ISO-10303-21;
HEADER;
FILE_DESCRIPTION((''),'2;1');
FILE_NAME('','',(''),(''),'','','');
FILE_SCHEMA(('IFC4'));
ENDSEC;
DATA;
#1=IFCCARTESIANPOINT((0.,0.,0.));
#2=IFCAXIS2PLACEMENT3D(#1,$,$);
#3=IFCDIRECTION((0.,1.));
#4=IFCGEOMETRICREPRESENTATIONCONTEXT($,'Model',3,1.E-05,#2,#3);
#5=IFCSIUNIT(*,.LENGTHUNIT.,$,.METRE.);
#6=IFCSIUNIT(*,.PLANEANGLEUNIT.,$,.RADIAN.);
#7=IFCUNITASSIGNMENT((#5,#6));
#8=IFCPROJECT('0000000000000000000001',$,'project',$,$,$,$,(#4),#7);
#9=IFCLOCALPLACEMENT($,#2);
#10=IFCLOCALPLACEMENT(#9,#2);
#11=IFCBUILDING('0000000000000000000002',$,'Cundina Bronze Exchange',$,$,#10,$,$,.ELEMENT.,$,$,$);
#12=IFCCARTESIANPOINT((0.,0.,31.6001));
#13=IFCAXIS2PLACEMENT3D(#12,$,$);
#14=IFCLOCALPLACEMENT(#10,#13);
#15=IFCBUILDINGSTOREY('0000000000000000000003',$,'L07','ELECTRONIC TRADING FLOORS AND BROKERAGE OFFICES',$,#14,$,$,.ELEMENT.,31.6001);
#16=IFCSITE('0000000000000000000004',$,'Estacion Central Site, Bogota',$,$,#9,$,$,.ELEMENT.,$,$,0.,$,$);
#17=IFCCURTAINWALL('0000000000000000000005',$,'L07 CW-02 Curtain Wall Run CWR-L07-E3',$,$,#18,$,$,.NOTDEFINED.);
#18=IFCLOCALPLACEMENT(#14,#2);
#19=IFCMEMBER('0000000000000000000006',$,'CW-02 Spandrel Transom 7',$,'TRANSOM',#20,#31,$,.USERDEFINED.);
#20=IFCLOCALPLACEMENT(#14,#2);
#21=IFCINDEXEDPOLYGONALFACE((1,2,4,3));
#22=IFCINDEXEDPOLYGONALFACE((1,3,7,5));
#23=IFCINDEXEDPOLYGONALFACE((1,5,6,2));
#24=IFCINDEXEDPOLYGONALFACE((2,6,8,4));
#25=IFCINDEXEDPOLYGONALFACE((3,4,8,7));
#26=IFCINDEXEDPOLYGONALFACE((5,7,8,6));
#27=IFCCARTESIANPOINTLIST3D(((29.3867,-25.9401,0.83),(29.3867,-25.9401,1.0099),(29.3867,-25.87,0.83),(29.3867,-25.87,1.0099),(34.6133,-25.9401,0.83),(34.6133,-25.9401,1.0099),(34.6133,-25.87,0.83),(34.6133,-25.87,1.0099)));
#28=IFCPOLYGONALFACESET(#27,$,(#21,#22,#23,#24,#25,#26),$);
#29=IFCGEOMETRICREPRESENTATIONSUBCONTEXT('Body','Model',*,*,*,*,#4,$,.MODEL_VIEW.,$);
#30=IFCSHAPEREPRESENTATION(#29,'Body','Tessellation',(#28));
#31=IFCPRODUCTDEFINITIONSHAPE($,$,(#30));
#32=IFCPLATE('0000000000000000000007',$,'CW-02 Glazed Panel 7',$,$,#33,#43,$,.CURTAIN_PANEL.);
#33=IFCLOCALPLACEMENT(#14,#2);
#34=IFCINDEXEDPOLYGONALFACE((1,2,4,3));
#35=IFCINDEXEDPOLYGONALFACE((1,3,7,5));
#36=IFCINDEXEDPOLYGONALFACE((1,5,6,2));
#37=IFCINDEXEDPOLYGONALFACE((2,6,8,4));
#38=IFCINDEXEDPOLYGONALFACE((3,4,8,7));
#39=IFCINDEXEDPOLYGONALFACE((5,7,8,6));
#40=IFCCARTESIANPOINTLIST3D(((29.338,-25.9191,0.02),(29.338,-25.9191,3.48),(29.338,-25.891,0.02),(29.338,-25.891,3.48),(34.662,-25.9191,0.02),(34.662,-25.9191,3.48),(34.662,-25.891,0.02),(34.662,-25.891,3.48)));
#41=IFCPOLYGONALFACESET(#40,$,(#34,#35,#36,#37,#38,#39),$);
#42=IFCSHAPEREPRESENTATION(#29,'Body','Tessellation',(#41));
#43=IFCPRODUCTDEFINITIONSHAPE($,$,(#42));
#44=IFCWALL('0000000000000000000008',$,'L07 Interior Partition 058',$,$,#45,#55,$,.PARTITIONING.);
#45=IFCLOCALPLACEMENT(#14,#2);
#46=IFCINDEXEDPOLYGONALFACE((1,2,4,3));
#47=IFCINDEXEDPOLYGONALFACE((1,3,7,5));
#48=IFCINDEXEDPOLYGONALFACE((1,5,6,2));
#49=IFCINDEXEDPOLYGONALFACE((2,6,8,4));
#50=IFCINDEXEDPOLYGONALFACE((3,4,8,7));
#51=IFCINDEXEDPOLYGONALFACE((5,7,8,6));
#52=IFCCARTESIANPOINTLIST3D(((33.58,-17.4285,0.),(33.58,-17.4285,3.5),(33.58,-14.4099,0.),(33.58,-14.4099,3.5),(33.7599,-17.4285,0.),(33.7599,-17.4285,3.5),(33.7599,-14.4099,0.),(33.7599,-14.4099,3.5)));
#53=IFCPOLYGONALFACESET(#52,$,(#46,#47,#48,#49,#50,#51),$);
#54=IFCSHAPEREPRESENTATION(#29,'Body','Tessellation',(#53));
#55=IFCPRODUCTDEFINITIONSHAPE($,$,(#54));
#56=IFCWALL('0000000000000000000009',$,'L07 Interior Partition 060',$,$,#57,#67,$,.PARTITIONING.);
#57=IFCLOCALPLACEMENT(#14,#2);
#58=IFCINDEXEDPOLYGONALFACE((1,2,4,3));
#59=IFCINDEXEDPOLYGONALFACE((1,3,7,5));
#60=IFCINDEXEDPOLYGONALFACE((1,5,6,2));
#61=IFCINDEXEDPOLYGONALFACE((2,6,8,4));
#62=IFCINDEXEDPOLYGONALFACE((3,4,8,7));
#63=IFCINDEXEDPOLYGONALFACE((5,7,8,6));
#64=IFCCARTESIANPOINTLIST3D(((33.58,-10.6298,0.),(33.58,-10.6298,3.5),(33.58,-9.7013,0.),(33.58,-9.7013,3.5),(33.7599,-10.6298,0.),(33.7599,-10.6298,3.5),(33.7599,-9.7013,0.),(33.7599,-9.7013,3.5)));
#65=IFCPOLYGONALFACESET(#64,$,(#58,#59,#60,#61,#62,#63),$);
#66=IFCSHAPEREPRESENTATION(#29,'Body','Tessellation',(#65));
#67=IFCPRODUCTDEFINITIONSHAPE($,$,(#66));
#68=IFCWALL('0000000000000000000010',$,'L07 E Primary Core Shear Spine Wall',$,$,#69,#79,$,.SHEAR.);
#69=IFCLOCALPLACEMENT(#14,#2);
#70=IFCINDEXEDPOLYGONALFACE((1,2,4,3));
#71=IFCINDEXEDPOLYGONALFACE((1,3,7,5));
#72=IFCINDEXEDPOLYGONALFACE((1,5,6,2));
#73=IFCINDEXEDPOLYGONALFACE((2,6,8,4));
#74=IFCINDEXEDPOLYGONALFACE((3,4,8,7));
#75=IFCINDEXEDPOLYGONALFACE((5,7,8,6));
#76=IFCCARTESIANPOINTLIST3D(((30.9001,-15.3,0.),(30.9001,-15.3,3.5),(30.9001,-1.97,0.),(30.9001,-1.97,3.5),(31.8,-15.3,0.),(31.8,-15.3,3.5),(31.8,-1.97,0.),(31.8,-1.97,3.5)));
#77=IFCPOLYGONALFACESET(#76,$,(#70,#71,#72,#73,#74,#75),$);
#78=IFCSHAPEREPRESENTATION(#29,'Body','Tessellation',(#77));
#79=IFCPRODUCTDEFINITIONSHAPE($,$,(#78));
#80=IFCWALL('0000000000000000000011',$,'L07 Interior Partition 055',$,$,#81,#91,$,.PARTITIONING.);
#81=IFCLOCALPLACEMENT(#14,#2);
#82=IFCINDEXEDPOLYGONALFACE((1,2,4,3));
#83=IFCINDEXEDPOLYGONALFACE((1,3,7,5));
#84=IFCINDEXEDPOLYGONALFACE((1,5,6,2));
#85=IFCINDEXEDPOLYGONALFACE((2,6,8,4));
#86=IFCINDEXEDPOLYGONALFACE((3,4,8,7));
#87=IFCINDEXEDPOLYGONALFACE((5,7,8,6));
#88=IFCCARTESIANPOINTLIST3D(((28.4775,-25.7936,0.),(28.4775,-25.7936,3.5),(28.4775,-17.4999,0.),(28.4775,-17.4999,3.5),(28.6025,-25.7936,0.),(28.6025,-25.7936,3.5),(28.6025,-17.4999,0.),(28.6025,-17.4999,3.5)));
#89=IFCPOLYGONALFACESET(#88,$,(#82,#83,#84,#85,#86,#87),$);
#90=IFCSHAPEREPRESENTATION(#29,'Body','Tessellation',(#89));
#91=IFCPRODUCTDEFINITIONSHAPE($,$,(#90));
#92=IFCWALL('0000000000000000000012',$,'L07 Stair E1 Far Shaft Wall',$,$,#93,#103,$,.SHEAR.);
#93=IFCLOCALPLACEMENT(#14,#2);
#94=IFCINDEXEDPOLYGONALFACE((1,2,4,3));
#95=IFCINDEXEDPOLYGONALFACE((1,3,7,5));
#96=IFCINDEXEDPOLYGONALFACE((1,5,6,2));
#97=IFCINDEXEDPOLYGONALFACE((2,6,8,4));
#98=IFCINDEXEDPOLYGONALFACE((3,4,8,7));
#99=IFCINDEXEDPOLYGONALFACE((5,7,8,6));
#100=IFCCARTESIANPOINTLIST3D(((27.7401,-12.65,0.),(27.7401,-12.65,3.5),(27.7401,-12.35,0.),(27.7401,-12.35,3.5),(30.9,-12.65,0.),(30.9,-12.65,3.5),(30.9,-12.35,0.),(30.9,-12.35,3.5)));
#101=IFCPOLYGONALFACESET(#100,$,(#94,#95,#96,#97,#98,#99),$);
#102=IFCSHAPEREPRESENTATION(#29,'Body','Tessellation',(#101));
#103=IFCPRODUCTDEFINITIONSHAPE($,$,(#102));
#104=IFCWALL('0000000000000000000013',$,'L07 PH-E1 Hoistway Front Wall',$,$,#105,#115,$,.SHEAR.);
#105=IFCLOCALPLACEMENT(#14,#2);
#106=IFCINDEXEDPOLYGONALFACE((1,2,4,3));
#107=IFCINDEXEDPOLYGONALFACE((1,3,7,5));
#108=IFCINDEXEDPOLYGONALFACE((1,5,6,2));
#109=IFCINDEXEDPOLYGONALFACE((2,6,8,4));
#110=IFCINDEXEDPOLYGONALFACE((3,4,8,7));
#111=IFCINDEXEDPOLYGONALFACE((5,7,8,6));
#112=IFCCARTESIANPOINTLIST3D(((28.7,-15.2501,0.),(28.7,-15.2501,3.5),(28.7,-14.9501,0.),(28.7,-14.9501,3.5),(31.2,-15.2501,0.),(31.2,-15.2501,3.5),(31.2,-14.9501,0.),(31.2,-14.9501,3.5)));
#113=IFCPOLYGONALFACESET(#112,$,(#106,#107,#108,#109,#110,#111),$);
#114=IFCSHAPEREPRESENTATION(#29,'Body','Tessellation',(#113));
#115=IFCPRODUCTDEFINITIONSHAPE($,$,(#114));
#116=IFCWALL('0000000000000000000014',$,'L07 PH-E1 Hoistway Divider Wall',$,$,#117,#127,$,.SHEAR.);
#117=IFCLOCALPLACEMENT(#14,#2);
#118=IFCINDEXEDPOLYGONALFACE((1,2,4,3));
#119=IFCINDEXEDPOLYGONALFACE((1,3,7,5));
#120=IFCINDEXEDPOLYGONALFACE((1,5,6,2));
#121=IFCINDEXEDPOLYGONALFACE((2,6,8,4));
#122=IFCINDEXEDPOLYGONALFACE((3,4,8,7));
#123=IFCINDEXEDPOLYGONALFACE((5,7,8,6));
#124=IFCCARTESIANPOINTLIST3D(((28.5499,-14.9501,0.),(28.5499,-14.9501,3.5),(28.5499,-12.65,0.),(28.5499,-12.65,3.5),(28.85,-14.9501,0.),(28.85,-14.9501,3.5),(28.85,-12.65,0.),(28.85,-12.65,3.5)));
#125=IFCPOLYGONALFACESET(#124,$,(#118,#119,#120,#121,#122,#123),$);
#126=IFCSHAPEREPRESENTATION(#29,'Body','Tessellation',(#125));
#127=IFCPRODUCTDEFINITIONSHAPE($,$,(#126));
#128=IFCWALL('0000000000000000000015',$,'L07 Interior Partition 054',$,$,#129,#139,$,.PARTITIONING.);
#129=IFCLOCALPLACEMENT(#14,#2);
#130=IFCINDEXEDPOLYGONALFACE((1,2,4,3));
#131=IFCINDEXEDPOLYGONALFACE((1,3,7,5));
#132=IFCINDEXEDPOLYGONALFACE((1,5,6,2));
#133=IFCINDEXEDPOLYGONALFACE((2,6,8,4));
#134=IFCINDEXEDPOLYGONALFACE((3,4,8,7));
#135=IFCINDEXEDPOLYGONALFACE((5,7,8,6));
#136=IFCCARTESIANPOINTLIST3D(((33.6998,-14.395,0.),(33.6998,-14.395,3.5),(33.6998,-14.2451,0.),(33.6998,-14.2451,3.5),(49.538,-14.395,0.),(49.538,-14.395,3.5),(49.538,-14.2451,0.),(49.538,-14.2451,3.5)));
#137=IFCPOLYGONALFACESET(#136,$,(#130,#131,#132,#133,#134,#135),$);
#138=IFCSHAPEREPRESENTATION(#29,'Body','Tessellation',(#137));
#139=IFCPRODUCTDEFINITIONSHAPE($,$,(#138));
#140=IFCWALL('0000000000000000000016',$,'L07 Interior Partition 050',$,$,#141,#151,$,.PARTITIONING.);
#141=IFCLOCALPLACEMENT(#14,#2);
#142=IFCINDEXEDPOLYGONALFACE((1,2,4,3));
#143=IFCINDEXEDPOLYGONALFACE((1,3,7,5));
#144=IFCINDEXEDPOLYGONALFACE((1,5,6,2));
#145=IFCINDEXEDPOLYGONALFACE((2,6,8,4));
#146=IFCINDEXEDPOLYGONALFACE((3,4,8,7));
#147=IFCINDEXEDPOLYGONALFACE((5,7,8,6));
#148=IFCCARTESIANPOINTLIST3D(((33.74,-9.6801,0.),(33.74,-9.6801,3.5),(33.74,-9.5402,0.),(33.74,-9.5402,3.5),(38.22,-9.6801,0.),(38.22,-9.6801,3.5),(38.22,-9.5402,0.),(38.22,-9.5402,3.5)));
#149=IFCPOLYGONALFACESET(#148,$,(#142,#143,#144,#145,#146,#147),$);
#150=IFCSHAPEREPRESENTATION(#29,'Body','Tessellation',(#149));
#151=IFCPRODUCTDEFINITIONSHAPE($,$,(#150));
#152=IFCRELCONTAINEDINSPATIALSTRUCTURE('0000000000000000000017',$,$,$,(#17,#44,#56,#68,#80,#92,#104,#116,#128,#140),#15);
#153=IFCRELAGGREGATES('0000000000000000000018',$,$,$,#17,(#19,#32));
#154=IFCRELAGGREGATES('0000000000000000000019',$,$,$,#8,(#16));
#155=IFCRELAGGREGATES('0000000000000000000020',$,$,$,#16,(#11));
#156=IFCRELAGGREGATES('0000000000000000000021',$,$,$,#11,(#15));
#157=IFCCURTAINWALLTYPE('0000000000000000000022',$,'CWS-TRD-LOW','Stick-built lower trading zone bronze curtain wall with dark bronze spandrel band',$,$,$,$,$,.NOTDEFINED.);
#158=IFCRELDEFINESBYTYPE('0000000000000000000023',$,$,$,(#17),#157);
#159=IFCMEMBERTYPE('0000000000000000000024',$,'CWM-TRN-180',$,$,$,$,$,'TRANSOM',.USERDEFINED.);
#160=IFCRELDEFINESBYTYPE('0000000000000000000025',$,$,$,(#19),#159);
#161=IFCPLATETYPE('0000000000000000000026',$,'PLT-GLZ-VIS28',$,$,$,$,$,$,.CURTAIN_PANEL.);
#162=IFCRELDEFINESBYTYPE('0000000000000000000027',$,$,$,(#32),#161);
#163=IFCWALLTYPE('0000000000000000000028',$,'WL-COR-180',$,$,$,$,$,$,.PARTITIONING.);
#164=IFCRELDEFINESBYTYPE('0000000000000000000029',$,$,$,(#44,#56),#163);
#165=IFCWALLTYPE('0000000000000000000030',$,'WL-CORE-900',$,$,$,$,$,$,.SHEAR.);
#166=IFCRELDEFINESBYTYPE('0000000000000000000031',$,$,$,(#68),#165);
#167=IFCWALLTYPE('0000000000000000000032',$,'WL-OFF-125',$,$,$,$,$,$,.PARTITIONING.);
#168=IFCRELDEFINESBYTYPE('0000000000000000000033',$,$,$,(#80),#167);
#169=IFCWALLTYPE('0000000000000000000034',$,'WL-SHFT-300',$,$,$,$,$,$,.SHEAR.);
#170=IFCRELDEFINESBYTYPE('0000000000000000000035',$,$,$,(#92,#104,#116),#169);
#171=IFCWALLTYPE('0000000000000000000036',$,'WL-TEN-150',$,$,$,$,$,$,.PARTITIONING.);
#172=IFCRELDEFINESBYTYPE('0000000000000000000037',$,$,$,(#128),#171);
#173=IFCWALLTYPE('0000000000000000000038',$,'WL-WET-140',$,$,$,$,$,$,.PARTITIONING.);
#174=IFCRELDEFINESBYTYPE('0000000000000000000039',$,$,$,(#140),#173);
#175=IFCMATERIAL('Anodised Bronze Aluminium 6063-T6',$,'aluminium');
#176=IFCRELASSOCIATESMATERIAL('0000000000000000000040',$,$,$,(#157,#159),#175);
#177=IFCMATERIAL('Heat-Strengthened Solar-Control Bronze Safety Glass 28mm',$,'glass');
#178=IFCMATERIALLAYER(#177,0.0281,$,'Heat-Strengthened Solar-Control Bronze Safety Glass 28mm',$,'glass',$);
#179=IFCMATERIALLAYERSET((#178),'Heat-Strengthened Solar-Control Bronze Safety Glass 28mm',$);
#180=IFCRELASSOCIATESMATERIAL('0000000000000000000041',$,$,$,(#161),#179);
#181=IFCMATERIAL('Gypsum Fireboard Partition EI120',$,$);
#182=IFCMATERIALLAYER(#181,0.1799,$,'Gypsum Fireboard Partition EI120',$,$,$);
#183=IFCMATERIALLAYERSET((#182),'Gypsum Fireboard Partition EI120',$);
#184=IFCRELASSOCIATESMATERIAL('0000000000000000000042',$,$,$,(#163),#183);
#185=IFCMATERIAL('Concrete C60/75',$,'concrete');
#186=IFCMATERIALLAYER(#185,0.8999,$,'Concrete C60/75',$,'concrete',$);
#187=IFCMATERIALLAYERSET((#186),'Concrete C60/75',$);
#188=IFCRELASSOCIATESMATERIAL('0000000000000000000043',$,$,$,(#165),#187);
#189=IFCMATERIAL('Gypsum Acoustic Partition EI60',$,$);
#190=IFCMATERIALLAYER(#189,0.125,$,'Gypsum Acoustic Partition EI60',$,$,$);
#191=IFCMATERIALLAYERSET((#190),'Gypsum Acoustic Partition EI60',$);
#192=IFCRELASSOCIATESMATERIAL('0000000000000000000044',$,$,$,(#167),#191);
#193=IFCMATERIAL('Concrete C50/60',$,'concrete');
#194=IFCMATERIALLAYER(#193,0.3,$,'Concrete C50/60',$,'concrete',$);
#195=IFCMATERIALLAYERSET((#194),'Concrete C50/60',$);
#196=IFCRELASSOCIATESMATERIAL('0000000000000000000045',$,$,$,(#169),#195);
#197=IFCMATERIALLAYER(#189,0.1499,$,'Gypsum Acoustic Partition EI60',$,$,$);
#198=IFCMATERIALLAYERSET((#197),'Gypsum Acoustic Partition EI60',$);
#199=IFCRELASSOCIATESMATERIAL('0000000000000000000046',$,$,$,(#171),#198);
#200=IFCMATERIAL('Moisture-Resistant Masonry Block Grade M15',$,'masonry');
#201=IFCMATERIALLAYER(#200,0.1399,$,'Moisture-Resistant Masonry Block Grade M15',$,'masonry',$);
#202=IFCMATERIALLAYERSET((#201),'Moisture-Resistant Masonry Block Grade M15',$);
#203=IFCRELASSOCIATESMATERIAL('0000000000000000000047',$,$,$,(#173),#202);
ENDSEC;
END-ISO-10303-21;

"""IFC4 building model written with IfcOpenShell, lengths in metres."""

from ifc_helpers import new_model, si_unit, direction, frame, frame_2d, origin, origin_2d, place, context, subcontext, project, spatial, rectangle, extrude, material, layer, layer_set, material_profile, profile_set, type_object, element, aggregate, save


model = new_model("IFC4")

# Units and contexts
model_context = context("Model", 3, precision=1e-05, world=origin(), true_north=direction((0.0, 1.0)))
body_context = subcontext(model_context, "Body", "Model", "MODEL_VIEW")
ifc_project = project(units=[si_unit("LENGTHUNIT", "METRE"), si_unit("PLANEANGLEUNIT", "RADIAN")], contexts=[model_context])

# Site, building, storey
site_placement = place(None, origin())
site = spatial("IfcSite", under=ifc_project, at=site_placement, Name="Estacion Central Site, Bogota", CompositionType="ELEMENT", RefElevation=0.0)
building_placement = place(site_placement, origin())
building = spatial("IfcBuilding", under=site, at=building_placement, Name="Cundina Bronze Exchange", CompositionType="ELEMENT")
storey_placement = place(building_placement, frame((0.0, 0.0, 31.6001)))
storey = spatial("IfcBuildingStorey", under=building, at=storey_placement, Name="L07", Description="ELECTRONIC TRADING FLOORS AND BROKERAGE OFFICES", CompositionType="ELEMENT", Elevation=31.6001)

# Shared definitions
ifc_material_1 = material(Name="Concrete C60/75", Category="concrete")

# Curtain wall
ifc_material_2 = material(Name="Anodised Bronze Aluminium 6063-T6", Category="aluminium")
curtain_wall_type = type_object("IfcCurtainWallType", Name="CWS-TRD-LOW", Description="Stick-built lower trading zone bronze curtain wall with dark bronze spandrel band", PredefinedType="NOTDEFINED", material=ifc_material_2)
curtain_wall_1_placement = place(storey_placement, origin())
curtain_wall_1 = element("IfcCurtainWall", 1, at=curtain_wall_1_placement, inside=storey, type_object=curtain_wall_type, Name="L07 CW-02 Curtain Wall Run CWR-L07-E3", PredefinedType="NOTDEFINED")

# Member
ifc_material_profile_1 = material_profile(ifc_material_2, rectangle(XDim=0.0701, YDim=0.1799, at=origin_2d()), Name="AL70X180", Category="aluminium")
ifc_profile_set_1 = profile_set([ifc_material_profile_1], Name="Anodised Bronze Aluminium 6063-T6")
member_type_1 = type_object("IfcMemberType", Name="CWM-TRN-180", ElementType="TRANSOM", PredefinedType="USERDEFINED", material=ifc_profile_set_1)
member_1_placement = place(storey_placement, frame((29.3867, -25.905, 0.9199), z_axis=(1.0, 0.0, 0.0), x_axis=(0.0, 1.0, 0.0)))
member_1 = element("IfcMember", 2, at=member_1_placement, type_object=member_type_1, Name="CW-02 Spandrel Transom 7", ObjectType="TRANSOM", PredefinedType="USERDEFINED", context=body_context, shape_type="SweptSolid", body=[
    extrude(rectangle(XDim=0.0701, YDim=0.1799, at=origin_2d()), origin(), (0.0, 0.0, 1.0), 5.2266),
])

# Plate
ifc_material_3 = material(Name="Heat-Strengthened Solar-Control Bronze Safety Glass 28mm", Category="glass")
ifc_layer_1 = layer(ifc_material_3, 0.0281, Name="Heat-Strengthened Solar-Control Bronze Safety Glass 28mm", Category="glass")
ifc_layer_set_1 = layer_set([ifc_layer_1], Name="Heat-Strengthened Solar-Control Bronze Safety Glass 28mm")
plate_type = type_object("IfcPlateType", Name="PLT-GLZ-VIS28", PredefinedType="CURTAIN_PANEL", material=ifc_layer_set_1)
plate_placement = place(storey_placement, frame((32.0, -25.905, 0.02), z_axis=(0.0, 0.0, 1.0), x_axis=(1.0, 0.0, 0.0)))
plate = element("IfcPlate", 3, at=plate_placement, type_object=plate_type, Name="CW-02 Glazed Panel 7", PredefinedType="CURTAIN_PANEL", context=body_context, shape_type="SweptSolid", body=[
    extrude(rectangle(XDim=5.324, YDim=0.0281, at=origin_2d()), origin(), (0.0, 0.0, 1.0), 3.46),
])
aggregate(curtain_wall_1, [member_1, plate])

# Shared definitions
ifc_material_4 = material(Name="Gypsum Fireboard Partition EI120")
ifc_layer_2 = layer(ifc_material_4, 0.1799, Name="Gypsum Fireboard Partition EI120")
ifc_layer_set_2 = layer_set([ifc_layer_2], Name="Gypsum Fireboard Partition EI120")
wall_type_1 = type_object("IfcWallType", Name="WL-COR-180", PredefinedType="PARTITIONING", material=ifc_layer_set_2)

# Wall
wall_1_placement = place(storey_placement, frame((33.6699, -17.4285, 0.0), z_axis=(0.0, 0.0, 1.0), x_axis=(0.0, 1.0, 0.0)))
element("IfcWall", 4, at=wall_1_placement, inside=storey, type_object=wall_type_1, Name="L07 Interior Partition 058", PredefinedType="PARTITIONING", context=body_context, shape_type="SweptSolid", body=[
    extrude(rectangle(XDim=3.0186, YDim=0.1799, at=frame_2d((1.5093, 0.0))), origin(), (0.0, 0.0, 1.0), 3.5),
])

# Walls
wall_2_placement = place(storey_placement, frame((33.6699, -10.6299, 0.0), z_axis=(0.0, 0.0, 1.0), x_axis=(0.0, 1.0, 0.0)))
element("IfcWall", 5, at=wall_2_placement, inside=storey, type_object=wall_type_1, Name="L07 Interior Partition 060", PredefinedType="PARTITIONING", context=body_context, shape_type="SweptSolid", body=[
    extrude(rectangle(XDim=0.9285, YDim=0.1799, at=frame_2d((0.4644, 0.0))), origin(), (0.0, 0.0, 1.0), 3.5),
])
ifc_layer_3 = layer(ifc_material_1, 0.8999, Name="Concrete C60/75", Category="concrete")
ifc_layer_set_3 = layer_set([ifc_layer_3], Name="Concrete C60/75")
wall_type_2 = type_object("IfcWallType", Name="WL-CORE-900", PredefinedType="SHEAR", material=ifc_layer_set_3)
wall_3_placement = place(storey_placement, frame((31.3501, -15.3, 0.0), z_axis=(0.0, 0.0, 1.0), x_axis=(0.0, 1.0, 0.0)))
element("IfcWall", 6, at=wall_3_placement, inside=storey, type_object=wall_type_2, Name="L07 E Primary Core Shear Spine Wall", PredefinedType="SHEAR", context=body_context, shape_type="SweptSolid", body=[
    extrude(rectangle(XDim=13.3301, YDim=0.8999, at=frame_2d((6.665, 0.0))), origin(), (0.0, 0.0, 1.0), 3.5),
])
ifc_material_5 = material(Name="Gypsum Acoustic Partition EI60")
ifc_layer_4 = layer(ifc_material_5, 0.125, Name="Gypsum Acoustic Partition EI60")
ifc_layer_set_4 = layer_set([ifc_layer_4], Name="Gypsum Acoustic Partition EI60")
wall_type_3 = type_object("IfcWallType", Name="WL-OFF-125", PredefinedType="PARTITIONING", material=ifc_layer_set_4)
wall_4_placement = place(storey_placement, frame((28.54, -25.7937, 0.0), z_axis=(0.0, 0.0, 1.0), x_axis=(0.0, 1.0, 0.0)))
element("IfcWall", 7, at=wall_4_placement, inside=storey, type_object=wall_type_3, Name="L07 Interior Partition 055", PredefinedType="PARTITIONING", context=body_context, shape_type="SweptSolid", body=[
    extrude(rectangle(XDim=8.2937, YDim=0.125, at=frame_2d((4.147, 0.0))), origin(), (0.0, 0.0, 1.0), 3.5),
])
ifc_material_6 = material(Name="Concrete C50/60", Category="concrete")
ifc_layer_5 = layer(ifc_material_6, 0.3, Name="Concrete C50/60", Category="concrete")
ifc_layer_set_5 = layer_set([ifc_layer_5], Name="Concrete C50/60")
wall_type_4 = type_object("IfcWallType", Name="WL-SHFT-300", PredefinedType="SHEAR", material=ifc_layer_set_5)
wall_5_placement = place(storey_placement, frame((27.74, -12.5, 0.0), z_axis=(0.0, 0.0, 1.0), x_axis=(1.0, 0.0, 0.0)))
element("IfcWall", 8, at=wall_5_placement, inside=storey, type_object=wall_type_4, Name="L07 Stair E1 Far Shaft Wall", PredefinedType="SHEAR", context=body_context, shape_type="SweptSolid", body=[
    extrude(rectangle(XDim=3.1599, YDim=0.3, at=frame_2d((1.5801, 0.0))), origin(), (0.0, 0.0, 1.0), 3.5),
])
wall_6_placement = place(storey_placement, frame((28.7, -15.1001, 0.0), z_axis=(0.0, 0.0, 1.0), x_axis=(1.0, 0.0, 0.0)))
element("IfcWall", 9, at=wall_6_placement, inside=storey, type_object=wall_type_4, Name="L07 PH-E1 Hoistway Front Wall", PredefinedType="SHEAR", context=body_context, shape_type="SweptSolid", body=[
    extrude(rectangle(XDim=2.5, YDim=0.3, at=frame_2d((1.25, 0.0))), origin(), (0.0, 0.0, 1.0), 3.5),
])
wall_7_placement = place(storey_placement, frame((28.7, -14.95, 0.0), z_axis=(0.0, 0.0, 1.0), x_axis=(0.0, 1.0, 0.0)))
element("IfcWall", 10, at=wall_7_placement, inside=storey, type_object=wall_type_4, Name="L07 PH-E1 Hoistway Divider Wall", PredefinedType="SHEAR", context=body_context, shape_type="SweptSolid", body=[
    extrude(rectangle(XDim=2.3, YDim=0.3, at=frame_2d((1.1499, 0.0))), origin(), (0.0, 0.0, 1.0), 3.5),
])
ifc_layer_6 = layer(ifc_material_5, 0.1499, Name="Gypsum Acoustic Partition EI60")
ifc_layer_set_6 = layer_set([ifc_layer_6], Name="Gypsum Acoustic Partition EI60")
wall_type_5 = type_object("IfcWallType", Name="WL-TEN-150", PredefinedType="PARTITIONING", material=ifc_layer_set_6)
wall_8_placement = place(storey_placement, frame((33.7, -14.3201, 0.0), z_axis=(0.0, 0.0, 1.0), x_axis=(1.0, 0.0, 0.0)))
element("IfcWall", 11, at=wall_8_placement, inside=storey, type_object=wall_type_5, Name="L07 Interior Partition 054", PredefinedType="PARTITIONING", context=body_context, shape_type="SweptSolid", body=[
    extrude(rectangle(XDim=15.8381, YDim=0.1499, at=frame_2d((7.9189, 0.0))), origin(), (0.0, 0.0, 1.0), 3.5),
])
ifc_material_7 = material(Name="Moisture-Resistant Masonry Block Grade M15", Category="masonry")
ifc_layer_7 = layer(ifc_material_7, 0.1399, Name="Moisture-Resistant Masonry Block Grade M15", Category="masonry")
ifc_layer_set_7 = layer_set([ifc_layer_7], Name="Moisture-Resistant Masonry Block Grade M15")
wall_type_6 = type_object("IfcWallType", Name="WL-WET-140", PredefinedType="PARTITIONING", material=ifc_layer_set_7)
wall_9_placement = place(storey_placement, frame((33.74, -9.6101, 0.0), z_axis=(0.0, 0.0, 1.0), x_axis=(1.0, 0.0, 0.0)))
element("IfcWall", 12, at=wall_9_placement, inside=storey, type_object=wall_type_6, Name="L07 Interior Partition 050", PredefinedType="PARTITIONING", context=body_context, shape_type="SweptSolid", body=[
    extrude(rectangle(XDim=4.48, YDim=0.1399, at=frame_2d((2.24, 0.0))), origin(), (0.0, 0.0, 1.0), 3.5),
])

save(model, "model.ifc")
